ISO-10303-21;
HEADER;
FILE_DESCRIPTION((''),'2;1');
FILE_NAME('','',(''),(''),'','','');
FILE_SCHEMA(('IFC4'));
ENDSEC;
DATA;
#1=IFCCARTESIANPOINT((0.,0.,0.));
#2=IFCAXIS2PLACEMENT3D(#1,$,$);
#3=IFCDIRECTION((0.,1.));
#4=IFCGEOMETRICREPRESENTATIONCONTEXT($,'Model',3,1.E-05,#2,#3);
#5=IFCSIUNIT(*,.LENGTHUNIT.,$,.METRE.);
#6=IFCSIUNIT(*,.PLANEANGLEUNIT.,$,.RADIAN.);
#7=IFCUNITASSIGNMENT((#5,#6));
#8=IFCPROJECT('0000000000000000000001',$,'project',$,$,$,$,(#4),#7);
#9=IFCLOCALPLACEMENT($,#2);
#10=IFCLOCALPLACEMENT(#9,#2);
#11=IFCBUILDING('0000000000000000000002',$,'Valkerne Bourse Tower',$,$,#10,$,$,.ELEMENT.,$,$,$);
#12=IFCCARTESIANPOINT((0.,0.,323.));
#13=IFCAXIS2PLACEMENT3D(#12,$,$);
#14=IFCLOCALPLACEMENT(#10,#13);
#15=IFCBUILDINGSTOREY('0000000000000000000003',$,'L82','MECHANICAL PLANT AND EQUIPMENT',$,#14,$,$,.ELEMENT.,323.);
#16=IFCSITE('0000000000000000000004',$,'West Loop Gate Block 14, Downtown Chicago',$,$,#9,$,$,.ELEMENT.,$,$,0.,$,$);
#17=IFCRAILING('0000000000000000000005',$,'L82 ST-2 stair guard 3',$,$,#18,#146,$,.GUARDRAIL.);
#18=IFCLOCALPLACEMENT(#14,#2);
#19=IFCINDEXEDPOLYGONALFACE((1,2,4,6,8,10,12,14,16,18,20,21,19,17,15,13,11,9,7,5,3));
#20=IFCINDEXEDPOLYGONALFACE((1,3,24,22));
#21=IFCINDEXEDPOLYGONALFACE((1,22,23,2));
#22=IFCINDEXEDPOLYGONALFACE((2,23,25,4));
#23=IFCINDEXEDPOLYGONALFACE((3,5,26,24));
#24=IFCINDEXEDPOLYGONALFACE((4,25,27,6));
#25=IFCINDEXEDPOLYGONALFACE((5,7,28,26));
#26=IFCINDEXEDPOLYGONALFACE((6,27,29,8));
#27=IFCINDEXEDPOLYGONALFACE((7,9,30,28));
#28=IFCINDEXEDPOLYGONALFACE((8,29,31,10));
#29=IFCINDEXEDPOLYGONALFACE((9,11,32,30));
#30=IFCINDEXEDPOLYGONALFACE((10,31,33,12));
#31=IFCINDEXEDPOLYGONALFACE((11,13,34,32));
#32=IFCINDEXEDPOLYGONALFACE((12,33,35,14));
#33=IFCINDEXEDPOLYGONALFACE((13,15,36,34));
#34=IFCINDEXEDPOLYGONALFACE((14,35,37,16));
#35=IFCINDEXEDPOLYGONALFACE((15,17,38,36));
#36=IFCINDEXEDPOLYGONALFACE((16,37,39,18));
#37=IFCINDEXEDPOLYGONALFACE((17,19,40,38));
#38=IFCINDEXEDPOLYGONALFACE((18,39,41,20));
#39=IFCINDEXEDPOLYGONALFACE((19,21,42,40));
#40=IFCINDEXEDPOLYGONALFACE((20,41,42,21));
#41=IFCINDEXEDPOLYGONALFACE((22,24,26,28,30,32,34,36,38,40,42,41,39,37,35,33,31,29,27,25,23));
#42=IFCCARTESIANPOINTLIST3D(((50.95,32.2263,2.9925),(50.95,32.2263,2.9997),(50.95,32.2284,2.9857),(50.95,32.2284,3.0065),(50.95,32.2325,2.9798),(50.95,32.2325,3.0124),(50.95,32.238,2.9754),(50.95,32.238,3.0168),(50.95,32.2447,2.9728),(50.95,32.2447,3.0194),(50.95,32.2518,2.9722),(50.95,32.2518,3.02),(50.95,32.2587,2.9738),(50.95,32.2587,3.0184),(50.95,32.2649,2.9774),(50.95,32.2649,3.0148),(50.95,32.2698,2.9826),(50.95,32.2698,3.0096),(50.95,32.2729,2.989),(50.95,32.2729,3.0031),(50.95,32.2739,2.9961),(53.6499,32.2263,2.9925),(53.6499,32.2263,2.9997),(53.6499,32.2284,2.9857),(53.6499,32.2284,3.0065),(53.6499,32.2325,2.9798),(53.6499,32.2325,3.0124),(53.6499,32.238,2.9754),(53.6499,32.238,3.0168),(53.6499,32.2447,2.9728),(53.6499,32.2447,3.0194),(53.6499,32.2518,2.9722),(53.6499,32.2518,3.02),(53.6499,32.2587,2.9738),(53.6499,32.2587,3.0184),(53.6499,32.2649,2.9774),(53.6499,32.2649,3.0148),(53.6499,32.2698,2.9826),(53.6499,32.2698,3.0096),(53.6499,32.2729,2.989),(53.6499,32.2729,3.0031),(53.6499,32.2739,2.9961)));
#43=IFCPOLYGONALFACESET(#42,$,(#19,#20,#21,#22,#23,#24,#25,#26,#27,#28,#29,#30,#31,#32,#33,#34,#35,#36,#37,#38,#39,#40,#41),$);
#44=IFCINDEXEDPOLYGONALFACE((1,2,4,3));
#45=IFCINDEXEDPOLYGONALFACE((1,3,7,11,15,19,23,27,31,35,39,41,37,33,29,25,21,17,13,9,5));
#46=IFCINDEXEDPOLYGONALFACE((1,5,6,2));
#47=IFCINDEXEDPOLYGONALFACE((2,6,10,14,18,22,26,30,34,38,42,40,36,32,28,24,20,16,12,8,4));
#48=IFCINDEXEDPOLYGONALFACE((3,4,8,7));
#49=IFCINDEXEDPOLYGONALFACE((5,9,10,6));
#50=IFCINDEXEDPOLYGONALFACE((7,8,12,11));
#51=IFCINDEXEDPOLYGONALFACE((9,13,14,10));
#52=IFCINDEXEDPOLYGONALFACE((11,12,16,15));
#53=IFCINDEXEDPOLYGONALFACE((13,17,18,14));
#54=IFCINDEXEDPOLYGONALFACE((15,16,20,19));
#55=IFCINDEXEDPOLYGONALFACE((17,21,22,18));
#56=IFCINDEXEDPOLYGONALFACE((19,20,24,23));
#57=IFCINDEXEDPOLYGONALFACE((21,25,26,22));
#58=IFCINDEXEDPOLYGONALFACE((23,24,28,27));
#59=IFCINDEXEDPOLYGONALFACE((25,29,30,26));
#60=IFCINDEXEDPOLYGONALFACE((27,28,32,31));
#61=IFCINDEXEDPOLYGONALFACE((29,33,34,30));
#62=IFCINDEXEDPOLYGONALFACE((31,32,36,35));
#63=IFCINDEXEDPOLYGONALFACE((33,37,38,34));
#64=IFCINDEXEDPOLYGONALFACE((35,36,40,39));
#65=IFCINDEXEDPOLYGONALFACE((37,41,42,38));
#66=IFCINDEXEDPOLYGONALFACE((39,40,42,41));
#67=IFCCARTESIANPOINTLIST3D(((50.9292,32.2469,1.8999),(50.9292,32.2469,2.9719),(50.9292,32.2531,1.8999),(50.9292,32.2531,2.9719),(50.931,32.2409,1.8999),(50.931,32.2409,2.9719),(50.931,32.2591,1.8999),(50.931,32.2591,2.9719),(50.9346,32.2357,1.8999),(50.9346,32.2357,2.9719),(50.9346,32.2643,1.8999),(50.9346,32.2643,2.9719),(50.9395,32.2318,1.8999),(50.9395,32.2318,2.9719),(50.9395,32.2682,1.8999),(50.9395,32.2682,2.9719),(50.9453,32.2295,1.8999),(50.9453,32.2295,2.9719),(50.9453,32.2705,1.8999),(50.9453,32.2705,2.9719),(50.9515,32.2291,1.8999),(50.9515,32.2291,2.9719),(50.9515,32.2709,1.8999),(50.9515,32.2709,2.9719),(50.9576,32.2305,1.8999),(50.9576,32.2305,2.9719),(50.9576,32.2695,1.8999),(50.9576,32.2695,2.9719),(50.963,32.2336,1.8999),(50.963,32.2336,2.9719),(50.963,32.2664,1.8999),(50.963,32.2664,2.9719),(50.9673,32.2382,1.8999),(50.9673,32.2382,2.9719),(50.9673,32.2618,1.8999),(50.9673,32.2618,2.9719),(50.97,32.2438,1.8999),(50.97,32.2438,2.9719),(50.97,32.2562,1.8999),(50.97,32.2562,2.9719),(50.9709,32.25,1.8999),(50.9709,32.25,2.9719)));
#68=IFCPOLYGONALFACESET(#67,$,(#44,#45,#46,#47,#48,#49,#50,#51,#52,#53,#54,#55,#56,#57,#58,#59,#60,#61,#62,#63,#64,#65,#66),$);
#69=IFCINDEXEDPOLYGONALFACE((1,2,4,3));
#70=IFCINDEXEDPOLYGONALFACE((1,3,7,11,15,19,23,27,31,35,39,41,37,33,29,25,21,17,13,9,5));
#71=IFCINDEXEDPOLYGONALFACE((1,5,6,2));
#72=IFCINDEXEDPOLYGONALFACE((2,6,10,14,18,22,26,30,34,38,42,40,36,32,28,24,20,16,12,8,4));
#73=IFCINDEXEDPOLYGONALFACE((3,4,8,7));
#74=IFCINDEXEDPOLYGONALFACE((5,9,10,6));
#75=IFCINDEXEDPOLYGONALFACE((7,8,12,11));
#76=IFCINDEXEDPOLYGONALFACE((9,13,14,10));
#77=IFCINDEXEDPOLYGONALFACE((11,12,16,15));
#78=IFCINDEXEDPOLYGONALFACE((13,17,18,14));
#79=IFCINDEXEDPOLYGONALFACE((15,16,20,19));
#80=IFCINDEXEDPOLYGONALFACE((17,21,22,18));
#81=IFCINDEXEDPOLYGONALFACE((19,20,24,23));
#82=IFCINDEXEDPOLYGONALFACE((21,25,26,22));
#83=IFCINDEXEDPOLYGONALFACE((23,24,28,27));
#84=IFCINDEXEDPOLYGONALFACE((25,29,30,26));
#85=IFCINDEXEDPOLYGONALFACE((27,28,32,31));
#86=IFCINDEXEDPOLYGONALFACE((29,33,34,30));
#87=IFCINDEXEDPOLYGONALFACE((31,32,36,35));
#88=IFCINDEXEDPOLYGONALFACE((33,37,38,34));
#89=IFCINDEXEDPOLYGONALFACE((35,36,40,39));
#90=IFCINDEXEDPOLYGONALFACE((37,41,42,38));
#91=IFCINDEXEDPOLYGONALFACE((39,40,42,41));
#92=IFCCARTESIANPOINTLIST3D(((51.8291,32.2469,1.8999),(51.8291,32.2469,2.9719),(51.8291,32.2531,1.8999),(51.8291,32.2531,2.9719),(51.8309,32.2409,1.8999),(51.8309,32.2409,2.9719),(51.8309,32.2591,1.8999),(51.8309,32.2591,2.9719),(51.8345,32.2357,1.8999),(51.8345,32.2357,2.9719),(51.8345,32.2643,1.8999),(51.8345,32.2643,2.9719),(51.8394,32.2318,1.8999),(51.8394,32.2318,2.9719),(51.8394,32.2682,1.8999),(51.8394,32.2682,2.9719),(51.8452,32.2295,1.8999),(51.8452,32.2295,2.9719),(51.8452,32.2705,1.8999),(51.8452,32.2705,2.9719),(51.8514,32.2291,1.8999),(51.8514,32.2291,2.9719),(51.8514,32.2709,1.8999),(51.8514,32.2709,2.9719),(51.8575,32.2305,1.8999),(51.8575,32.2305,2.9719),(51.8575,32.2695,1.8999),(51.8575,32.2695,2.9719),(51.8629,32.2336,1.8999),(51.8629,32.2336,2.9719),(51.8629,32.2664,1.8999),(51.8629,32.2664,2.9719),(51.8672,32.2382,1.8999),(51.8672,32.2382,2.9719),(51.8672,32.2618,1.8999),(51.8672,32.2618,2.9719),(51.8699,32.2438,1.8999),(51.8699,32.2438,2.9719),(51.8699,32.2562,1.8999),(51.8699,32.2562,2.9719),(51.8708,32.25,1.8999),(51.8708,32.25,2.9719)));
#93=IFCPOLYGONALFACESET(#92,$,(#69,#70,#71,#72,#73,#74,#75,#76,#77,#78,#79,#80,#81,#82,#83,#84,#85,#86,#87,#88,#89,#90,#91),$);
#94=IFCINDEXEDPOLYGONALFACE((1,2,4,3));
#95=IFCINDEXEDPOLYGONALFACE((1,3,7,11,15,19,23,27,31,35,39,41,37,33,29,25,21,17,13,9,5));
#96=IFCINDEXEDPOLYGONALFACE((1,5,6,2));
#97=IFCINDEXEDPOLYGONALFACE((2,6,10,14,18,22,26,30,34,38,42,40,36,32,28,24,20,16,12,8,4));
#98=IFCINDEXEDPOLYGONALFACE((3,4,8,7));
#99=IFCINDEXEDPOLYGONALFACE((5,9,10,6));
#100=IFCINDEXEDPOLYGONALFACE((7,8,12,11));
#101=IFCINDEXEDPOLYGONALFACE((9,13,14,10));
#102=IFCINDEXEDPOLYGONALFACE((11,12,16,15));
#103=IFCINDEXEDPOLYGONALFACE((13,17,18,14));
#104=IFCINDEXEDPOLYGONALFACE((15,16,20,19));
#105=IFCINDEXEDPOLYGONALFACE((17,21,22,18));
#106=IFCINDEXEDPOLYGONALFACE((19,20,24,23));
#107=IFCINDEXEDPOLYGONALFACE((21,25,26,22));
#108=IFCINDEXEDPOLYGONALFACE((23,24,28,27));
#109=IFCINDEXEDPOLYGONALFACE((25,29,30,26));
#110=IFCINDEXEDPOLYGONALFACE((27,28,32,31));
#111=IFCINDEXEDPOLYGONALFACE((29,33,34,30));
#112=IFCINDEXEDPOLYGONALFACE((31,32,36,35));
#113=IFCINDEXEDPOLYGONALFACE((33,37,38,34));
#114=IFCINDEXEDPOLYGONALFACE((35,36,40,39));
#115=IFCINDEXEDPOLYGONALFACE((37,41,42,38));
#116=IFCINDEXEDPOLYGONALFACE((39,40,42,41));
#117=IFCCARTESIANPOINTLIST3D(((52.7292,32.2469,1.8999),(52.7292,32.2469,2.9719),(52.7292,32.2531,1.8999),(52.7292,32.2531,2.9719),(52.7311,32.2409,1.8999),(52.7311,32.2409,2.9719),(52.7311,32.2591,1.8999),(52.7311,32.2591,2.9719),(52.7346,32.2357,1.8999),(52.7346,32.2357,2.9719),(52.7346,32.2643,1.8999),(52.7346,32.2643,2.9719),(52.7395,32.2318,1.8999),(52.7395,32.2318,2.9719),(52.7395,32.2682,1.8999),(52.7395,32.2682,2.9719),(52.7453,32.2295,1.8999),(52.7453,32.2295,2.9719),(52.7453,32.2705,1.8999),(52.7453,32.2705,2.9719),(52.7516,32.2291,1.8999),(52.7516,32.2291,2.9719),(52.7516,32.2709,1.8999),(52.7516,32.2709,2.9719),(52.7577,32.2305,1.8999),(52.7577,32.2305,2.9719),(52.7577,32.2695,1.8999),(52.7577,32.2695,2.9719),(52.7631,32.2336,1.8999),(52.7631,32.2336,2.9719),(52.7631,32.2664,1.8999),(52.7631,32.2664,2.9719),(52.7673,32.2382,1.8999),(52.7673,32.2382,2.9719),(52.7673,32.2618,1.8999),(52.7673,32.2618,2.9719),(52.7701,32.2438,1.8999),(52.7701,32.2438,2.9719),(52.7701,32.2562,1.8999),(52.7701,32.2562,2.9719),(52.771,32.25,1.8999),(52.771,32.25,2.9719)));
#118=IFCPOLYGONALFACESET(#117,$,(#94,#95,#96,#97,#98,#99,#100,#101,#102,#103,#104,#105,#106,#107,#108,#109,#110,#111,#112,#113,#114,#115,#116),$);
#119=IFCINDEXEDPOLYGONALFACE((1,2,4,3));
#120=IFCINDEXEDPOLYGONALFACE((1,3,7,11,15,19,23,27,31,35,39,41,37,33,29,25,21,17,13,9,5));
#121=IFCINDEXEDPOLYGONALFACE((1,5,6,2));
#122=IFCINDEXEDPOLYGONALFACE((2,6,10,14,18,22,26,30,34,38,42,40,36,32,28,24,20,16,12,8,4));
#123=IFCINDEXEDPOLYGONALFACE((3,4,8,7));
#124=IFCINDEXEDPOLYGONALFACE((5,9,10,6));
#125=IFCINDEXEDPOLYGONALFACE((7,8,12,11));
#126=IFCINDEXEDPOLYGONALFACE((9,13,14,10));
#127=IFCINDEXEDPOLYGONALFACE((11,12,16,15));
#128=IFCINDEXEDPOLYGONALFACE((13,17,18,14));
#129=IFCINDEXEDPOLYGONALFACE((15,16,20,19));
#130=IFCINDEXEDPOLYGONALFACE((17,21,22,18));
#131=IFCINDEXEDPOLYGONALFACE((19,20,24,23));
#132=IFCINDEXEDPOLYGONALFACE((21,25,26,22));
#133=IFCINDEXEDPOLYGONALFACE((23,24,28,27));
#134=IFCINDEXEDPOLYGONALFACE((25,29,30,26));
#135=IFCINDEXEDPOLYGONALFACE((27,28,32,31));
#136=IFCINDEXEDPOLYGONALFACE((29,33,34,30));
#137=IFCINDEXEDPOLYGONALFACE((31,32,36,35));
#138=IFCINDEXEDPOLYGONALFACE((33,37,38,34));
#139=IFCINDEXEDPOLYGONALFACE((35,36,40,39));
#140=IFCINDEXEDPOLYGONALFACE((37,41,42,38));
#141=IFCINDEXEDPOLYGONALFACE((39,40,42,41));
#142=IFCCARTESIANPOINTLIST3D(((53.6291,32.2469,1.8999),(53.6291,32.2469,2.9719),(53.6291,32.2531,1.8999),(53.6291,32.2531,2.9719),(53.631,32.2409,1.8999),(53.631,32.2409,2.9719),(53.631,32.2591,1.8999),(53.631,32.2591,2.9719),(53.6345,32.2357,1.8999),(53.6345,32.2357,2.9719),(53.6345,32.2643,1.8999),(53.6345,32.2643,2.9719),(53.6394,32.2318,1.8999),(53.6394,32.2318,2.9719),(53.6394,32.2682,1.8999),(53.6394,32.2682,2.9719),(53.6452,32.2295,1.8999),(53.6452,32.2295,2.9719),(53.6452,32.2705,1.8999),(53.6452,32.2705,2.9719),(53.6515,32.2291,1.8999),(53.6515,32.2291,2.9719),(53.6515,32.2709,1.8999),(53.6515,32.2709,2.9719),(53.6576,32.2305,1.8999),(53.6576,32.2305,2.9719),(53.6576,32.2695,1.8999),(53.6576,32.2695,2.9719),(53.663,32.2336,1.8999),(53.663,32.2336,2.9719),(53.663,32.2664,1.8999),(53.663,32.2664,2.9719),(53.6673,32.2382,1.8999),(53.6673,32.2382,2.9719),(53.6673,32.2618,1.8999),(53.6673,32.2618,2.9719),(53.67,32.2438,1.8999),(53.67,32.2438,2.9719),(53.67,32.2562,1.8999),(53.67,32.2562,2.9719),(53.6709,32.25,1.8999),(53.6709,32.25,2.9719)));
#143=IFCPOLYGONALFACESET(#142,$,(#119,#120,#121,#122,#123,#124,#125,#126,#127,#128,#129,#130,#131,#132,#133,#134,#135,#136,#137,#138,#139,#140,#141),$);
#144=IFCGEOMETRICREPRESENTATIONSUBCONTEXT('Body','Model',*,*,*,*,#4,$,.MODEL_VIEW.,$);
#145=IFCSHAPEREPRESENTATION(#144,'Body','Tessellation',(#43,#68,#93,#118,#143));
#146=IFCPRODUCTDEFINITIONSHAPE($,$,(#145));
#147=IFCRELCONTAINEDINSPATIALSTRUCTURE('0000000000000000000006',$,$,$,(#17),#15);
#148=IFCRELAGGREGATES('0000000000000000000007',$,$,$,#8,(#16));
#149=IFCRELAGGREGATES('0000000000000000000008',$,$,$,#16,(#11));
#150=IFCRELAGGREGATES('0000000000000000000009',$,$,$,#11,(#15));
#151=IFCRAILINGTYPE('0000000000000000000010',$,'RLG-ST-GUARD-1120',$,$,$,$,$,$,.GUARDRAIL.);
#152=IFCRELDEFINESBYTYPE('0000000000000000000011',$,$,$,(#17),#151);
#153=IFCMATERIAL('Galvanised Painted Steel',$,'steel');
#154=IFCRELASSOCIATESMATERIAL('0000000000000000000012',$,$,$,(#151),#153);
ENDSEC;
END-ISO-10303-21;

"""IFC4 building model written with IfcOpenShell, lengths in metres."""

from ifc_helpers import new_model, si_unit, direction, frame, origin, origin_2d, place, context, subcontext, project, spatial, circle, extrude, material, type_object, element, save


model = new_model("IFC4")

# Units and contexts
model_context = context("Model", 3, precision=1e-05, world=origin(), true_north=direction((0.0, 1.0)))
body_context = subcontext(model_context, "Body", "Model", "MODEL_VIEW")
ifc_project = project(units=[si_unit("LENGTHUNIT", "METRE"), si_unit("PLANEANGLEUNIT", "RADIAN")], contexts=[model_context])

# Site, building, storey
site_placement = place(None, origin())
site = spatial("IfcSite", under=ifc_project, at=site_placement, Name="West Loop Gate Block 14, Downtown Chicago", CompositionType="ELEMENT", RefElevation=0.0)
building_placement = place(site_placement, origin())
building = spatial("IfcBuilding", under=site, at=building_placement, Name="Valkerne Bourse Tower", CompositionType="ELEMENT")
storey_placement = place(building_placement, frame((0.0, 0.0, 323.0)))
storey = spatial("IfcBuildingStorey", under=building, at=storey_placement, Name="L82", Description="MECHANICAL PLANT AND EQUIPMENT", CompositionType="ELEMENT", Elevation=323.0)

# Railing
ifc_material_1 = material(Name="Galvanised Painted Steel", Category="steel")
railing_type_1 = type_object("IfcRailingType", Name="RLG-ST-GUARD-1120", PredefinedType="GUARDRAIL", material=ifc_material_1)
railing_1_placement = place(storey_placement, frame((50.95, 32.25, 1.8999)))
element("IfcRailing", 1, at=railing_1_placement, inside=storey, type_object=railing_type_1, Name="L82 ST-2 stair guard 3", PredefinedType="GUARDRAIL", context=body_context, shape_type="SweptSolid", body=[
    extrude(circle(Radius=0.0239, at=origin_2d()), frame((0.0, 0.0, 1.0962), z_axis=(1.0, 0.0, 0.0), x_axis=(0.0, 1.0, 0.0)), (0.0, 0.0, 1.0), 2.7),
    extrude(circle(Radius=0.021, at=origin_2d()), origin(), (0.0, 0.0, 1.0), 1.072),
    extrude(circle(Radius=0.021, at=origin_2d()), frame((0.8999, 0.0, 0.0)), (0.0, 0.0, 1.0), 1.072),
    extrude(circle(Radius=0.021, at=origin_2d()), frame((1.8, 0.0, 0.0)), (0.0, 0.0, 1.0), 1.072),
    extrude(circle(Radius=0.021, at=origin_2d()), frame((2.7, 0.0, 0.0)), (0.0, 0.0, 1.0), 1.072),
])

save(model, "model.ifc")
